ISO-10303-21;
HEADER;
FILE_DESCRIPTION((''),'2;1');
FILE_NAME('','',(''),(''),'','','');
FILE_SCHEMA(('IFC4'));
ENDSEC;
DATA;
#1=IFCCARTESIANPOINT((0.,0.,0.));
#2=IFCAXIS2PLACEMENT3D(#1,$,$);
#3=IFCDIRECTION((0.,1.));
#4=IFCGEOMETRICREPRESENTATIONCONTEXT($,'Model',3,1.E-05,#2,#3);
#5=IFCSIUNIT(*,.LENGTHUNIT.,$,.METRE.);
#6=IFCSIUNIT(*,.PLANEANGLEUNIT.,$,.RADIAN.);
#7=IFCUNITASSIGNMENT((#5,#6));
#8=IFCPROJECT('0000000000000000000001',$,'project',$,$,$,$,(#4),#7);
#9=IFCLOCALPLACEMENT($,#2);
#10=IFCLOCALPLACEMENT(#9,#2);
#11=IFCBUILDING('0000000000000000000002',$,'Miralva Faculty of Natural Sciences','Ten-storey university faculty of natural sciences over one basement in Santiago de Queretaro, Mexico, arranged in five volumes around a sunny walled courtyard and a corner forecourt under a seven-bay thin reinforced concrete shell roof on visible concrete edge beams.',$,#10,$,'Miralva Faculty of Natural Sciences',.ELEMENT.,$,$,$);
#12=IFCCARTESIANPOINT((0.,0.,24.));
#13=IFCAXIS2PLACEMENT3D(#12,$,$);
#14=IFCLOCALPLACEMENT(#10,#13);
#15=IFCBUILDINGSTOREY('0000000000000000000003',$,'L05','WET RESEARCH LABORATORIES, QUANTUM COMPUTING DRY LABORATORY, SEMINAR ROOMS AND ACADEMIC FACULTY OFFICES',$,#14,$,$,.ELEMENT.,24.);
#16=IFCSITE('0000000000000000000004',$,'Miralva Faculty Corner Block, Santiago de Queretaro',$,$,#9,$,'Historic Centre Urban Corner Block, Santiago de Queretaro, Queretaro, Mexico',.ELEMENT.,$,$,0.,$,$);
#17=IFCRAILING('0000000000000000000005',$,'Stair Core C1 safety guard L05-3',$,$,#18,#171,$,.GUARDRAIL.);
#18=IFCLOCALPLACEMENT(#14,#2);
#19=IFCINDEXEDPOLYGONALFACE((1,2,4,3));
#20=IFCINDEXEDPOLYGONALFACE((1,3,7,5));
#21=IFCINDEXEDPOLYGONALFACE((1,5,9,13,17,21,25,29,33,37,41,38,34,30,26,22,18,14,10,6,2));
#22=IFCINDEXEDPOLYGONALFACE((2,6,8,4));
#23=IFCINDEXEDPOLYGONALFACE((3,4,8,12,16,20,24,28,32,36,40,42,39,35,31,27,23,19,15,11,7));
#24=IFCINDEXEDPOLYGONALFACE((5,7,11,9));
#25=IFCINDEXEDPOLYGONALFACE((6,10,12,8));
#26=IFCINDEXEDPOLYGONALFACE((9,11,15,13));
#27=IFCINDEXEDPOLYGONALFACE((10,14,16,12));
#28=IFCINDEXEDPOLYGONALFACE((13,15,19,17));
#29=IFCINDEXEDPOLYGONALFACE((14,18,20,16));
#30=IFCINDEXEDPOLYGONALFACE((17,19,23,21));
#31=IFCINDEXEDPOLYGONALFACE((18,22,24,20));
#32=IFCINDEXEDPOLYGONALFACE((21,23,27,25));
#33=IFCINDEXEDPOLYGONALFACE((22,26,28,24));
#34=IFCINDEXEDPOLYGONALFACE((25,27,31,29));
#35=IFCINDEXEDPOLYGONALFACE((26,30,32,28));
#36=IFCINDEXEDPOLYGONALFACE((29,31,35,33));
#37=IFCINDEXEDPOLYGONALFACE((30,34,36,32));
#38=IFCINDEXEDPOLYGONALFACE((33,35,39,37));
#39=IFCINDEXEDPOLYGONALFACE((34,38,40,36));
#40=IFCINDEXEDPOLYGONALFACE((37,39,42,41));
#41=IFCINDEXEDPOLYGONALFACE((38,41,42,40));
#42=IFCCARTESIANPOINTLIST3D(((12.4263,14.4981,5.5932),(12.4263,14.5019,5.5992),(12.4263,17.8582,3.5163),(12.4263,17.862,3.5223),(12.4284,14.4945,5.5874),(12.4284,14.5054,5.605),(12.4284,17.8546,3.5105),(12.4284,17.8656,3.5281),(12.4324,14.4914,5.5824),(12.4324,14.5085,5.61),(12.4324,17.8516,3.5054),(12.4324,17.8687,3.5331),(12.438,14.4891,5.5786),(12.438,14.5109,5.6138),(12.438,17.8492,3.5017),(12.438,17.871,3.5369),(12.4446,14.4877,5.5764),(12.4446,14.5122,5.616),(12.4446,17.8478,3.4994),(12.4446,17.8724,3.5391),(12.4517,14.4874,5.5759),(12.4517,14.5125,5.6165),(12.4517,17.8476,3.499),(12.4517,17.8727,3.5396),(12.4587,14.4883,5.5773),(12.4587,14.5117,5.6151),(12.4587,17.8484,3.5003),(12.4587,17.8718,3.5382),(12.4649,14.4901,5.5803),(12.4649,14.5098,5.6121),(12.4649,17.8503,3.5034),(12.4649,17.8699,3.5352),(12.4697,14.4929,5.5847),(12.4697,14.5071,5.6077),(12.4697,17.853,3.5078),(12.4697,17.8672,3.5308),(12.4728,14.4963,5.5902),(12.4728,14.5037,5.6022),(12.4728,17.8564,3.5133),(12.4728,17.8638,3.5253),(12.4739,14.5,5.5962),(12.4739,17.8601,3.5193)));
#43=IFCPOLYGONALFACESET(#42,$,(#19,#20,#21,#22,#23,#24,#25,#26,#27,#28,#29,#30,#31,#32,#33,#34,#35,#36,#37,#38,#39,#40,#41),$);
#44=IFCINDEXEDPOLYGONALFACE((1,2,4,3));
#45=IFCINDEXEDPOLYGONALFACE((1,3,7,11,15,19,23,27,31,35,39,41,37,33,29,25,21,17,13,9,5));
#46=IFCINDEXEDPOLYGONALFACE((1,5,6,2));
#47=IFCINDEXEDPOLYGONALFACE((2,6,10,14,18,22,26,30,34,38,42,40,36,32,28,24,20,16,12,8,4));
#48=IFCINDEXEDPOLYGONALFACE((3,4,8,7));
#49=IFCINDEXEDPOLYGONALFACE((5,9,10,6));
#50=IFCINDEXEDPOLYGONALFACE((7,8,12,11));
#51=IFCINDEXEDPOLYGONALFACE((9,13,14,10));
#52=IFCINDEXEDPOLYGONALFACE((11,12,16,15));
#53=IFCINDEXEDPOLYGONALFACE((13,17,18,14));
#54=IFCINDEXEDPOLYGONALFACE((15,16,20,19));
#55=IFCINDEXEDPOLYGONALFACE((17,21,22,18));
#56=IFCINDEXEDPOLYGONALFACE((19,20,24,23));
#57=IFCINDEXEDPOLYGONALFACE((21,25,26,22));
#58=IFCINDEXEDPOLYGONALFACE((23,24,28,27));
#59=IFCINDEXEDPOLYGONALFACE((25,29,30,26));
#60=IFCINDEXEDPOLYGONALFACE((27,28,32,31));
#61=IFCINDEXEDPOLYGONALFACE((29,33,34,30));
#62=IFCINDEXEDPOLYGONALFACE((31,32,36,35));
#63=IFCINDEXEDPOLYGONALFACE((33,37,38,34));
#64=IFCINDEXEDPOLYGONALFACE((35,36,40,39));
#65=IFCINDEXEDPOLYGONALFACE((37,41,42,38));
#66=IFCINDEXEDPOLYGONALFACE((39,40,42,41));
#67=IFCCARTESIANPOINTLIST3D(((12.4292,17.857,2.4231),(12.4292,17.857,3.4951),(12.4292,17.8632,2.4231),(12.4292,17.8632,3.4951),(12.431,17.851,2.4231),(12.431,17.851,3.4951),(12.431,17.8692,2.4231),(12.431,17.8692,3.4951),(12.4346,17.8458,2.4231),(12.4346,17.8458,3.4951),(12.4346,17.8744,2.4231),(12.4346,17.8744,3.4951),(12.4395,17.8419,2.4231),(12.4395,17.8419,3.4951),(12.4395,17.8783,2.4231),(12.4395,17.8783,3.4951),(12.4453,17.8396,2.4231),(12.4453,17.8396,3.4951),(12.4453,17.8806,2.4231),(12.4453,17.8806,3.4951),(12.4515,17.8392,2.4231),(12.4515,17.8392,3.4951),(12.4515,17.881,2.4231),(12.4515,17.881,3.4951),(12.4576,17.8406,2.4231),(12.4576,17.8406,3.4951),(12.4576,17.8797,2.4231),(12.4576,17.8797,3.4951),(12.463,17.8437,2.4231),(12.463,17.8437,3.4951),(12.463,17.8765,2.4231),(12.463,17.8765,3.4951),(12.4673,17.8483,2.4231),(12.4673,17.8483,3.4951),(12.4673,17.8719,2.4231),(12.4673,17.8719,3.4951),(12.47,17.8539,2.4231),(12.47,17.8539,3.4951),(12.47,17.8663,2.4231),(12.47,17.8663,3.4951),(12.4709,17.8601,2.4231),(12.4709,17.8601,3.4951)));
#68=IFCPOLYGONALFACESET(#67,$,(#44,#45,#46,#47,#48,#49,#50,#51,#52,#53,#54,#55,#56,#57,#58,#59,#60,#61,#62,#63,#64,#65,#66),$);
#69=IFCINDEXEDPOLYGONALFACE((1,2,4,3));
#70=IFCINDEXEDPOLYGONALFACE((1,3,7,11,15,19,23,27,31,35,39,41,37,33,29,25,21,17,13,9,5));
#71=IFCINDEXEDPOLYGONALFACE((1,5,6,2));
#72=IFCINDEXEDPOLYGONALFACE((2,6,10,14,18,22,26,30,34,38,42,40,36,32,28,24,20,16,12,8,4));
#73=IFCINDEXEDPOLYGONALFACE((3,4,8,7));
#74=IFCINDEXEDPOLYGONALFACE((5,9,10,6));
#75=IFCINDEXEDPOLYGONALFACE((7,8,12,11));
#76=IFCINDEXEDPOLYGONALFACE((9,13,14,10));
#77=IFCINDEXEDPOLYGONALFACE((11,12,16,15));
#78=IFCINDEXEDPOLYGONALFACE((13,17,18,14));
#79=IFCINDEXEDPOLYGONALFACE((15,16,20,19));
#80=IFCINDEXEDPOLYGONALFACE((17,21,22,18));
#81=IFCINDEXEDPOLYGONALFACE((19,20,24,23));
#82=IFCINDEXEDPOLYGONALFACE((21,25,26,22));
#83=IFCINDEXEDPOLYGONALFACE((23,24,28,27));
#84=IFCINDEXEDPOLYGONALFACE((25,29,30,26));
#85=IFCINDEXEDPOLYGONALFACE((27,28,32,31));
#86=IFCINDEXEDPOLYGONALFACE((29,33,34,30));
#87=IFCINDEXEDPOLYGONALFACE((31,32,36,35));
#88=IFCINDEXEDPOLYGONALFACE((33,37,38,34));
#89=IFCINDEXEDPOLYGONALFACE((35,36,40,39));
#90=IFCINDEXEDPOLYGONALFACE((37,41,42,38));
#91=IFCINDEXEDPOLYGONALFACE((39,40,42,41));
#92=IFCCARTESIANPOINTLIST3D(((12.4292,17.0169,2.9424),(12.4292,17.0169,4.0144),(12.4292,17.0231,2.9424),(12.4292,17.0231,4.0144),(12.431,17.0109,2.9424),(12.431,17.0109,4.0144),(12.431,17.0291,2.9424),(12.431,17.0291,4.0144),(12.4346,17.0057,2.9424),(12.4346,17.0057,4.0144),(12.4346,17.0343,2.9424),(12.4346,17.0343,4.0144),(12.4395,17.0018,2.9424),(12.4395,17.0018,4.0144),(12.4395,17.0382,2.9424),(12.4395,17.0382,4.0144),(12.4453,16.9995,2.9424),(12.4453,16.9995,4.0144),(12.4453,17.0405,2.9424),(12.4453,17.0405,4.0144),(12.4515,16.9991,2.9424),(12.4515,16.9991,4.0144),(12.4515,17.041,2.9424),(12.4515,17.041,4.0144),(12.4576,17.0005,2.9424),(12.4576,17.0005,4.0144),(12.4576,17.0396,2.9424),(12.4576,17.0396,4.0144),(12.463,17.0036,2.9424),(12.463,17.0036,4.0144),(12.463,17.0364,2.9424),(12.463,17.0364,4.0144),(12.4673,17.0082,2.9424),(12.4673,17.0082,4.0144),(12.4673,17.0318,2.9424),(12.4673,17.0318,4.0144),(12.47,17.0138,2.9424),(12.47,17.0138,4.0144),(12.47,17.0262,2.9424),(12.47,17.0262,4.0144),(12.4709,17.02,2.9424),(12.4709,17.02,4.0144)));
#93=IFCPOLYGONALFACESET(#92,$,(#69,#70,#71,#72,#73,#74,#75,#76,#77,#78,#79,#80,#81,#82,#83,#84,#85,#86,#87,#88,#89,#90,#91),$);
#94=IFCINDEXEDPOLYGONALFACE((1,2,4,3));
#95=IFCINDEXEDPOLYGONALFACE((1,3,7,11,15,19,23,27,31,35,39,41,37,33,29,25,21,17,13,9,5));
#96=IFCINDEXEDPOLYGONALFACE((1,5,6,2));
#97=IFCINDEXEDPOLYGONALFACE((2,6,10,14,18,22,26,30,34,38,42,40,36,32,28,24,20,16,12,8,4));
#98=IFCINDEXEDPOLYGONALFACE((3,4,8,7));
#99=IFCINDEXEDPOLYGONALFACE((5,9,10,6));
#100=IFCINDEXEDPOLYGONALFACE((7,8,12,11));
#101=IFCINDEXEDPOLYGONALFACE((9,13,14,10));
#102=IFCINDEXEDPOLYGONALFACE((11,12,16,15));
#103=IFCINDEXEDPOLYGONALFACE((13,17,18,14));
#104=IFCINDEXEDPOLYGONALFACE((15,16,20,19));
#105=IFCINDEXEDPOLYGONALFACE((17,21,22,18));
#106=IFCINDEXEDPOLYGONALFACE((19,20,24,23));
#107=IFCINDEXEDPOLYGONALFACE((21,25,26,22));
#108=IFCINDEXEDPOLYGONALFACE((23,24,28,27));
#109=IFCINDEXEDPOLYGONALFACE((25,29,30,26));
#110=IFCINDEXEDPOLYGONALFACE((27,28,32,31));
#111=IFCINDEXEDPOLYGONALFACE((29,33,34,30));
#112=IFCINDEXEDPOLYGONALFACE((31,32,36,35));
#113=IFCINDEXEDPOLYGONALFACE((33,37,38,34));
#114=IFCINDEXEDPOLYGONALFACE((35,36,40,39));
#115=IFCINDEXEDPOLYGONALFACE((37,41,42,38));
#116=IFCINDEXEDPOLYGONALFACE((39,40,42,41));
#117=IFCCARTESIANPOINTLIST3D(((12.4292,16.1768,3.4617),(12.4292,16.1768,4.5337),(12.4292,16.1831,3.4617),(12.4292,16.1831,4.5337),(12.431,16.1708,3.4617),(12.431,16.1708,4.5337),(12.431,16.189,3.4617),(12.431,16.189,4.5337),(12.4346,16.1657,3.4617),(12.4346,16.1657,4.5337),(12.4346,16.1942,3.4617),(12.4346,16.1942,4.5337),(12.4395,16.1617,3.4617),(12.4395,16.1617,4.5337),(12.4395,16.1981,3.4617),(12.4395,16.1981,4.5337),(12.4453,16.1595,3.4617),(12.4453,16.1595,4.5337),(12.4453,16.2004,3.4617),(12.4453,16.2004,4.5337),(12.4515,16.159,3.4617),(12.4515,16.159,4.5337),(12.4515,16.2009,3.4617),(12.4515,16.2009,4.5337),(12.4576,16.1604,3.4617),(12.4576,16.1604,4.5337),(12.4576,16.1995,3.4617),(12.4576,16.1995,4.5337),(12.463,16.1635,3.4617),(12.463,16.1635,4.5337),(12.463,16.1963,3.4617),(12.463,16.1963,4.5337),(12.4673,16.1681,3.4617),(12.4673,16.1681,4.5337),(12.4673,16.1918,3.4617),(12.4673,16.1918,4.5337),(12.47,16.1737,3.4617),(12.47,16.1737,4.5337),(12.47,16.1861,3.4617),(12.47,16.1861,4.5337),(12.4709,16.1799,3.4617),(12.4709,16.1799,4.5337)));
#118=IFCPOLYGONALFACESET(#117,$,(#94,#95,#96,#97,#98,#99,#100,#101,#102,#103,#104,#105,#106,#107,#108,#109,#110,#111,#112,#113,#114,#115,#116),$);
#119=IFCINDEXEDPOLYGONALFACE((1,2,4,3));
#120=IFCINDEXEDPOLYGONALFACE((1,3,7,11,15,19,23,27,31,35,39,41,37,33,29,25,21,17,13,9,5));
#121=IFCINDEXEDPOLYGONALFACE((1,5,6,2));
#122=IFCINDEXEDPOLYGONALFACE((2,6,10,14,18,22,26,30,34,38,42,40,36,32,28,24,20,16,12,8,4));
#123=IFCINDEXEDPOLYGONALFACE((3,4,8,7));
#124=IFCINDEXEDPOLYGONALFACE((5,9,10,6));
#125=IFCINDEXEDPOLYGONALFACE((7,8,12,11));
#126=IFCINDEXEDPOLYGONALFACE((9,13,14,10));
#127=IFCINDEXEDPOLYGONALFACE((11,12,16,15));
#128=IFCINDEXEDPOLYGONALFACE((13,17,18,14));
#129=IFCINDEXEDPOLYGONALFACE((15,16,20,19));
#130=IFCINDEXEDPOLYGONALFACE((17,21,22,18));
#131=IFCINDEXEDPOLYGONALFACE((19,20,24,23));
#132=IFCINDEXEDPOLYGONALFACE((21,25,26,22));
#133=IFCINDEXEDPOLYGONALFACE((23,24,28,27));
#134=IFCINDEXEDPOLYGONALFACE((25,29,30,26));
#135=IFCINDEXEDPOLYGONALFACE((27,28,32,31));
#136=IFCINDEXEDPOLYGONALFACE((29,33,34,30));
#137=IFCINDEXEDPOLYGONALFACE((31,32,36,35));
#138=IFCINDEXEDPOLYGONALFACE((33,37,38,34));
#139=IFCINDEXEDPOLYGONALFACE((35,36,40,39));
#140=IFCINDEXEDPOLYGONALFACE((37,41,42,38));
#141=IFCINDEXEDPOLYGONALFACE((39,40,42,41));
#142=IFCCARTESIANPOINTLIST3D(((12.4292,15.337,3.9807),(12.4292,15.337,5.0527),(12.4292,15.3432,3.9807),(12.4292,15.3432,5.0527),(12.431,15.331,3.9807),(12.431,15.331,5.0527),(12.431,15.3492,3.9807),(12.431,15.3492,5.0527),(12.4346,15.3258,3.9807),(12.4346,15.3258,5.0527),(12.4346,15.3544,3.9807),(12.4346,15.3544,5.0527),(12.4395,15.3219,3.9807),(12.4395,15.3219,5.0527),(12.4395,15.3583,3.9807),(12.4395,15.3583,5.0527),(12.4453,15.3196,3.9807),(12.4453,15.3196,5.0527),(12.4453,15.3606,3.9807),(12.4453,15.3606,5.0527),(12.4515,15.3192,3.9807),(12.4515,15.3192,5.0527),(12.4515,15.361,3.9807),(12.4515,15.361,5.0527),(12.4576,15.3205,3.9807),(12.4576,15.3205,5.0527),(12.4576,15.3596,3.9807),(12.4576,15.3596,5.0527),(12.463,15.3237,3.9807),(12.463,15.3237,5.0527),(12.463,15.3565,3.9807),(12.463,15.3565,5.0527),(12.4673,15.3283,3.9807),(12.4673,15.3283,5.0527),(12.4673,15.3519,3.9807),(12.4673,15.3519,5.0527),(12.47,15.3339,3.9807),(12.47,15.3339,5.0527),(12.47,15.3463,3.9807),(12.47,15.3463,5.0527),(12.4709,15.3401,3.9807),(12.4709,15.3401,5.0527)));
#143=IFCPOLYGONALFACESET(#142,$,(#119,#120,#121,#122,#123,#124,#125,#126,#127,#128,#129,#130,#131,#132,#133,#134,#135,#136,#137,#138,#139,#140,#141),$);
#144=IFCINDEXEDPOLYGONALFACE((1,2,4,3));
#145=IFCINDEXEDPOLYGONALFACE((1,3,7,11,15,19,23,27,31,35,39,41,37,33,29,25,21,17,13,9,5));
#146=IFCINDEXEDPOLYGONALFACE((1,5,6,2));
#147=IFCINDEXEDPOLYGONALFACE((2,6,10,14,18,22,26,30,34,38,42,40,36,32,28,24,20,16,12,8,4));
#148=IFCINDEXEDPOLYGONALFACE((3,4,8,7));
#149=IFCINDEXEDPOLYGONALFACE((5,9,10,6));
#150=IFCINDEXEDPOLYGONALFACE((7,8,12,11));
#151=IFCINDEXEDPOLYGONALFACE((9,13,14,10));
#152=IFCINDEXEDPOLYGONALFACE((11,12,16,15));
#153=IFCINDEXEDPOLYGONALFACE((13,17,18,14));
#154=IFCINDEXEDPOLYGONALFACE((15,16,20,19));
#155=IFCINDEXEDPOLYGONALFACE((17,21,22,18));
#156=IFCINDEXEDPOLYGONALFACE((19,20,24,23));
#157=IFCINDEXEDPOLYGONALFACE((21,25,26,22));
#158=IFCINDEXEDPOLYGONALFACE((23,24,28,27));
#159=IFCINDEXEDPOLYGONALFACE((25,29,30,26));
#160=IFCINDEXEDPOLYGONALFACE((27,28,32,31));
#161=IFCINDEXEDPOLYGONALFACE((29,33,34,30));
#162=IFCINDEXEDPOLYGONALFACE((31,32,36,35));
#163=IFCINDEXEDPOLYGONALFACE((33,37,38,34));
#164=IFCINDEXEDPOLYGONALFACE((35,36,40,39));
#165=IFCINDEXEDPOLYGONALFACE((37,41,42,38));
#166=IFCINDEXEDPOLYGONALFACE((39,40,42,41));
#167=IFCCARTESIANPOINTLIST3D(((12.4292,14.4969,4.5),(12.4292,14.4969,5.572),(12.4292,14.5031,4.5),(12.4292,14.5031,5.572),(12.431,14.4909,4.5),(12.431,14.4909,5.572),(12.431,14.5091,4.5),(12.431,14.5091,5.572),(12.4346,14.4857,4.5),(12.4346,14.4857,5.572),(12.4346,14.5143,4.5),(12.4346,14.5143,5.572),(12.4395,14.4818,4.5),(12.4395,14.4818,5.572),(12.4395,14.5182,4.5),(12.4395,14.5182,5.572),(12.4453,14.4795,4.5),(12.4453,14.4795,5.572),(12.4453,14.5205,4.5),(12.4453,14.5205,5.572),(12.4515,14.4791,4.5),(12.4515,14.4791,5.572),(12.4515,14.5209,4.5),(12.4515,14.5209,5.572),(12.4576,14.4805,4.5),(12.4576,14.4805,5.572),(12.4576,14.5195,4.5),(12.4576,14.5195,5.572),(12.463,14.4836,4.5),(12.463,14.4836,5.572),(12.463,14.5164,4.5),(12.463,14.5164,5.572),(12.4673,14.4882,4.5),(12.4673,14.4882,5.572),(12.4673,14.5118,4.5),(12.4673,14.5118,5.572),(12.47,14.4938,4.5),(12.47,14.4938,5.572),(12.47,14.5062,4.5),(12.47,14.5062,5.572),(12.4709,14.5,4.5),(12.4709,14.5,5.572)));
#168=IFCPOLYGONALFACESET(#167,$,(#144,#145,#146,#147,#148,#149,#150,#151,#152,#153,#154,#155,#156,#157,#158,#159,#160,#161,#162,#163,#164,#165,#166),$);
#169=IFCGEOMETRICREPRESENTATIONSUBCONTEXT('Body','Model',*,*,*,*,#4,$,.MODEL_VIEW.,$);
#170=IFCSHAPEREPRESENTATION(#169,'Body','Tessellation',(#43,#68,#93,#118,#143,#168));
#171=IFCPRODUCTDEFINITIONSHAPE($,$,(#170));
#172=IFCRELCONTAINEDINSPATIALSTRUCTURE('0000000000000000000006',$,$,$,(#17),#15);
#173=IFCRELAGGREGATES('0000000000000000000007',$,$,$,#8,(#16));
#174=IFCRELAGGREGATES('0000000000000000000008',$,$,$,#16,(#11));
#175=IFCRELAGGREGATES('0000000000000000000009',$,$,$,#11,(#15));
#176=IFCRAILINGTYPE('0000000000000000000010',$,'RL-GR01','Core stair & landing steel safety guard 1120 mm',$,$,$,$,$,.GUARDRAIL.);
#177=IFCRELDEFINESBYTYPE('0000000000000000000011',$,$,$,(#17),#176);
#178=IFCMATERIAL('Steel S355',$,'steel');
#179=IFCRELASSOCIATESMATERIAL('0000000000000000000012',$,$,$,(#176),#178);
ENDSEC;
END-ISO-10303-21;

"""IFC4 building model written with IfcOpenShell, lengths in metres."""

from ifc_helpers import new_model, si_unit, direction, frame, origin, origin_2d, place, context, subcontext, project, spatial, circle, extrude, material, type_object, element, save


model = new_model("IFC4")

# Units and contexts
model_context = context("Model", 3, precision=1e-05, world=origin(), true_north=direction((0.0, 1.0)))
body_context = subcontext(model_context, "Body", "Model", "MODEL_VIEW")
ifc_project = project(units=[si_unit("LENGTHUNIT", "METRE"), si_unit("PLANEANGLEUNIT", "RADIAN")], contexts=[model_context])

# Site, building, storey
site_placement = place(None, origin())
site = spatial("IfcSite", under=ifc_project, at=site_placement, Name="Miralva Faculty Corner Block, Santiago de Queretaro", LongName="Historic Centre Urban Corner Block, Santiago de Queretaro, Queretaro, Mexico", CompositionType="ELEMENT", RefElevation=0.0)
building_placement = place(site_placement, origin())
building = spatial("IfcBuilding", under=site, at=building_placement, Name="Miralva Faculty of Natural Sciences", Description="Ten-storey university faculty of natural sciences over one basement in Santiago de Queretaro, Mexico, arranged in five volumes around a sunny walled courtyard and a corner forecourt under a seven-bay thin reinforced concrete shell roof on visible concrete edge beams.", LongName="Miralva Faculty of Natural Sciences", CompositionType="ELEMENT")
storey_placement = place(building_placement, frame((0.0, 0.0, 24.0)))
storey = spatial("IfcBuildingStorey", under=building, at=storey_placement, Name="L05", Description="WET RESEARCH LABORATORIES, QUANTUM COMPUTING DRY LABORATORY, SEMINAR ROOMS AND ACADEMIC FACULTY OFFICES", CompositionType="ELEMENT", Elevation=24.0)

# Railing
ifc_material_1 = material(Name="Steel S355", Category="steel")
railing_type_1 = type_object("IfcRailingType", Name="RL-GR01", Description="Core stair & landing steel safety guard 1120 mm", PredefinedType="GUARDRAIL", material=ifc_material_1)
railing_1_placement = place(storey_placement, frame((12.45, 17.8601, 2.4231)))
element("IfcRailing", 1, at=railing_1_placement, inside=storey, type_object=railing_type_1, Name="Stair Core C1 safety guard L05-3", PredefinedType="GUARDRAIL", context=body_context, shape_type="SweptSolid", body=[
    extrude(circle(Radius=0.0239, at=origin_2d()), frame((0.0, 0.0, 1.0962), z_axis=(0.0, -0.850623, 0.525776), x_axis=(1.0, 0.0, 0.0)), (0.0, 0.0, 1.0), 3.9502),
    extrude(circle(Radius=0.021, at=origin_2d()), origin(), (0.0, 0.0, 1.0), 1.072),
    extrude(circle(Radius=0.021, at=origin_2d()), frame((0.0, -0.8401, 0.5193)), (0.0, 0.0, 1.0), 1.072),
    extrude(circle(Radius=0.021, at=origin_2d()), frame((0.0, -1.6802, 1.0386)), (0.0, 0.0, 1.0), 1.072),
    extrude(circle(Radius=0.021, at=origin_2d()), frame((0.0, -2.52, 1.5576)), (0.0, 0.0, 1.0), 1.072),
    extrude(circle(Radius=0.021, at=origin_2d()), frame((0.0, -3.3601, 2.0769)), (0.0, 0.0, 1.0), 1.072),
])

save(model, "model.ifc")
